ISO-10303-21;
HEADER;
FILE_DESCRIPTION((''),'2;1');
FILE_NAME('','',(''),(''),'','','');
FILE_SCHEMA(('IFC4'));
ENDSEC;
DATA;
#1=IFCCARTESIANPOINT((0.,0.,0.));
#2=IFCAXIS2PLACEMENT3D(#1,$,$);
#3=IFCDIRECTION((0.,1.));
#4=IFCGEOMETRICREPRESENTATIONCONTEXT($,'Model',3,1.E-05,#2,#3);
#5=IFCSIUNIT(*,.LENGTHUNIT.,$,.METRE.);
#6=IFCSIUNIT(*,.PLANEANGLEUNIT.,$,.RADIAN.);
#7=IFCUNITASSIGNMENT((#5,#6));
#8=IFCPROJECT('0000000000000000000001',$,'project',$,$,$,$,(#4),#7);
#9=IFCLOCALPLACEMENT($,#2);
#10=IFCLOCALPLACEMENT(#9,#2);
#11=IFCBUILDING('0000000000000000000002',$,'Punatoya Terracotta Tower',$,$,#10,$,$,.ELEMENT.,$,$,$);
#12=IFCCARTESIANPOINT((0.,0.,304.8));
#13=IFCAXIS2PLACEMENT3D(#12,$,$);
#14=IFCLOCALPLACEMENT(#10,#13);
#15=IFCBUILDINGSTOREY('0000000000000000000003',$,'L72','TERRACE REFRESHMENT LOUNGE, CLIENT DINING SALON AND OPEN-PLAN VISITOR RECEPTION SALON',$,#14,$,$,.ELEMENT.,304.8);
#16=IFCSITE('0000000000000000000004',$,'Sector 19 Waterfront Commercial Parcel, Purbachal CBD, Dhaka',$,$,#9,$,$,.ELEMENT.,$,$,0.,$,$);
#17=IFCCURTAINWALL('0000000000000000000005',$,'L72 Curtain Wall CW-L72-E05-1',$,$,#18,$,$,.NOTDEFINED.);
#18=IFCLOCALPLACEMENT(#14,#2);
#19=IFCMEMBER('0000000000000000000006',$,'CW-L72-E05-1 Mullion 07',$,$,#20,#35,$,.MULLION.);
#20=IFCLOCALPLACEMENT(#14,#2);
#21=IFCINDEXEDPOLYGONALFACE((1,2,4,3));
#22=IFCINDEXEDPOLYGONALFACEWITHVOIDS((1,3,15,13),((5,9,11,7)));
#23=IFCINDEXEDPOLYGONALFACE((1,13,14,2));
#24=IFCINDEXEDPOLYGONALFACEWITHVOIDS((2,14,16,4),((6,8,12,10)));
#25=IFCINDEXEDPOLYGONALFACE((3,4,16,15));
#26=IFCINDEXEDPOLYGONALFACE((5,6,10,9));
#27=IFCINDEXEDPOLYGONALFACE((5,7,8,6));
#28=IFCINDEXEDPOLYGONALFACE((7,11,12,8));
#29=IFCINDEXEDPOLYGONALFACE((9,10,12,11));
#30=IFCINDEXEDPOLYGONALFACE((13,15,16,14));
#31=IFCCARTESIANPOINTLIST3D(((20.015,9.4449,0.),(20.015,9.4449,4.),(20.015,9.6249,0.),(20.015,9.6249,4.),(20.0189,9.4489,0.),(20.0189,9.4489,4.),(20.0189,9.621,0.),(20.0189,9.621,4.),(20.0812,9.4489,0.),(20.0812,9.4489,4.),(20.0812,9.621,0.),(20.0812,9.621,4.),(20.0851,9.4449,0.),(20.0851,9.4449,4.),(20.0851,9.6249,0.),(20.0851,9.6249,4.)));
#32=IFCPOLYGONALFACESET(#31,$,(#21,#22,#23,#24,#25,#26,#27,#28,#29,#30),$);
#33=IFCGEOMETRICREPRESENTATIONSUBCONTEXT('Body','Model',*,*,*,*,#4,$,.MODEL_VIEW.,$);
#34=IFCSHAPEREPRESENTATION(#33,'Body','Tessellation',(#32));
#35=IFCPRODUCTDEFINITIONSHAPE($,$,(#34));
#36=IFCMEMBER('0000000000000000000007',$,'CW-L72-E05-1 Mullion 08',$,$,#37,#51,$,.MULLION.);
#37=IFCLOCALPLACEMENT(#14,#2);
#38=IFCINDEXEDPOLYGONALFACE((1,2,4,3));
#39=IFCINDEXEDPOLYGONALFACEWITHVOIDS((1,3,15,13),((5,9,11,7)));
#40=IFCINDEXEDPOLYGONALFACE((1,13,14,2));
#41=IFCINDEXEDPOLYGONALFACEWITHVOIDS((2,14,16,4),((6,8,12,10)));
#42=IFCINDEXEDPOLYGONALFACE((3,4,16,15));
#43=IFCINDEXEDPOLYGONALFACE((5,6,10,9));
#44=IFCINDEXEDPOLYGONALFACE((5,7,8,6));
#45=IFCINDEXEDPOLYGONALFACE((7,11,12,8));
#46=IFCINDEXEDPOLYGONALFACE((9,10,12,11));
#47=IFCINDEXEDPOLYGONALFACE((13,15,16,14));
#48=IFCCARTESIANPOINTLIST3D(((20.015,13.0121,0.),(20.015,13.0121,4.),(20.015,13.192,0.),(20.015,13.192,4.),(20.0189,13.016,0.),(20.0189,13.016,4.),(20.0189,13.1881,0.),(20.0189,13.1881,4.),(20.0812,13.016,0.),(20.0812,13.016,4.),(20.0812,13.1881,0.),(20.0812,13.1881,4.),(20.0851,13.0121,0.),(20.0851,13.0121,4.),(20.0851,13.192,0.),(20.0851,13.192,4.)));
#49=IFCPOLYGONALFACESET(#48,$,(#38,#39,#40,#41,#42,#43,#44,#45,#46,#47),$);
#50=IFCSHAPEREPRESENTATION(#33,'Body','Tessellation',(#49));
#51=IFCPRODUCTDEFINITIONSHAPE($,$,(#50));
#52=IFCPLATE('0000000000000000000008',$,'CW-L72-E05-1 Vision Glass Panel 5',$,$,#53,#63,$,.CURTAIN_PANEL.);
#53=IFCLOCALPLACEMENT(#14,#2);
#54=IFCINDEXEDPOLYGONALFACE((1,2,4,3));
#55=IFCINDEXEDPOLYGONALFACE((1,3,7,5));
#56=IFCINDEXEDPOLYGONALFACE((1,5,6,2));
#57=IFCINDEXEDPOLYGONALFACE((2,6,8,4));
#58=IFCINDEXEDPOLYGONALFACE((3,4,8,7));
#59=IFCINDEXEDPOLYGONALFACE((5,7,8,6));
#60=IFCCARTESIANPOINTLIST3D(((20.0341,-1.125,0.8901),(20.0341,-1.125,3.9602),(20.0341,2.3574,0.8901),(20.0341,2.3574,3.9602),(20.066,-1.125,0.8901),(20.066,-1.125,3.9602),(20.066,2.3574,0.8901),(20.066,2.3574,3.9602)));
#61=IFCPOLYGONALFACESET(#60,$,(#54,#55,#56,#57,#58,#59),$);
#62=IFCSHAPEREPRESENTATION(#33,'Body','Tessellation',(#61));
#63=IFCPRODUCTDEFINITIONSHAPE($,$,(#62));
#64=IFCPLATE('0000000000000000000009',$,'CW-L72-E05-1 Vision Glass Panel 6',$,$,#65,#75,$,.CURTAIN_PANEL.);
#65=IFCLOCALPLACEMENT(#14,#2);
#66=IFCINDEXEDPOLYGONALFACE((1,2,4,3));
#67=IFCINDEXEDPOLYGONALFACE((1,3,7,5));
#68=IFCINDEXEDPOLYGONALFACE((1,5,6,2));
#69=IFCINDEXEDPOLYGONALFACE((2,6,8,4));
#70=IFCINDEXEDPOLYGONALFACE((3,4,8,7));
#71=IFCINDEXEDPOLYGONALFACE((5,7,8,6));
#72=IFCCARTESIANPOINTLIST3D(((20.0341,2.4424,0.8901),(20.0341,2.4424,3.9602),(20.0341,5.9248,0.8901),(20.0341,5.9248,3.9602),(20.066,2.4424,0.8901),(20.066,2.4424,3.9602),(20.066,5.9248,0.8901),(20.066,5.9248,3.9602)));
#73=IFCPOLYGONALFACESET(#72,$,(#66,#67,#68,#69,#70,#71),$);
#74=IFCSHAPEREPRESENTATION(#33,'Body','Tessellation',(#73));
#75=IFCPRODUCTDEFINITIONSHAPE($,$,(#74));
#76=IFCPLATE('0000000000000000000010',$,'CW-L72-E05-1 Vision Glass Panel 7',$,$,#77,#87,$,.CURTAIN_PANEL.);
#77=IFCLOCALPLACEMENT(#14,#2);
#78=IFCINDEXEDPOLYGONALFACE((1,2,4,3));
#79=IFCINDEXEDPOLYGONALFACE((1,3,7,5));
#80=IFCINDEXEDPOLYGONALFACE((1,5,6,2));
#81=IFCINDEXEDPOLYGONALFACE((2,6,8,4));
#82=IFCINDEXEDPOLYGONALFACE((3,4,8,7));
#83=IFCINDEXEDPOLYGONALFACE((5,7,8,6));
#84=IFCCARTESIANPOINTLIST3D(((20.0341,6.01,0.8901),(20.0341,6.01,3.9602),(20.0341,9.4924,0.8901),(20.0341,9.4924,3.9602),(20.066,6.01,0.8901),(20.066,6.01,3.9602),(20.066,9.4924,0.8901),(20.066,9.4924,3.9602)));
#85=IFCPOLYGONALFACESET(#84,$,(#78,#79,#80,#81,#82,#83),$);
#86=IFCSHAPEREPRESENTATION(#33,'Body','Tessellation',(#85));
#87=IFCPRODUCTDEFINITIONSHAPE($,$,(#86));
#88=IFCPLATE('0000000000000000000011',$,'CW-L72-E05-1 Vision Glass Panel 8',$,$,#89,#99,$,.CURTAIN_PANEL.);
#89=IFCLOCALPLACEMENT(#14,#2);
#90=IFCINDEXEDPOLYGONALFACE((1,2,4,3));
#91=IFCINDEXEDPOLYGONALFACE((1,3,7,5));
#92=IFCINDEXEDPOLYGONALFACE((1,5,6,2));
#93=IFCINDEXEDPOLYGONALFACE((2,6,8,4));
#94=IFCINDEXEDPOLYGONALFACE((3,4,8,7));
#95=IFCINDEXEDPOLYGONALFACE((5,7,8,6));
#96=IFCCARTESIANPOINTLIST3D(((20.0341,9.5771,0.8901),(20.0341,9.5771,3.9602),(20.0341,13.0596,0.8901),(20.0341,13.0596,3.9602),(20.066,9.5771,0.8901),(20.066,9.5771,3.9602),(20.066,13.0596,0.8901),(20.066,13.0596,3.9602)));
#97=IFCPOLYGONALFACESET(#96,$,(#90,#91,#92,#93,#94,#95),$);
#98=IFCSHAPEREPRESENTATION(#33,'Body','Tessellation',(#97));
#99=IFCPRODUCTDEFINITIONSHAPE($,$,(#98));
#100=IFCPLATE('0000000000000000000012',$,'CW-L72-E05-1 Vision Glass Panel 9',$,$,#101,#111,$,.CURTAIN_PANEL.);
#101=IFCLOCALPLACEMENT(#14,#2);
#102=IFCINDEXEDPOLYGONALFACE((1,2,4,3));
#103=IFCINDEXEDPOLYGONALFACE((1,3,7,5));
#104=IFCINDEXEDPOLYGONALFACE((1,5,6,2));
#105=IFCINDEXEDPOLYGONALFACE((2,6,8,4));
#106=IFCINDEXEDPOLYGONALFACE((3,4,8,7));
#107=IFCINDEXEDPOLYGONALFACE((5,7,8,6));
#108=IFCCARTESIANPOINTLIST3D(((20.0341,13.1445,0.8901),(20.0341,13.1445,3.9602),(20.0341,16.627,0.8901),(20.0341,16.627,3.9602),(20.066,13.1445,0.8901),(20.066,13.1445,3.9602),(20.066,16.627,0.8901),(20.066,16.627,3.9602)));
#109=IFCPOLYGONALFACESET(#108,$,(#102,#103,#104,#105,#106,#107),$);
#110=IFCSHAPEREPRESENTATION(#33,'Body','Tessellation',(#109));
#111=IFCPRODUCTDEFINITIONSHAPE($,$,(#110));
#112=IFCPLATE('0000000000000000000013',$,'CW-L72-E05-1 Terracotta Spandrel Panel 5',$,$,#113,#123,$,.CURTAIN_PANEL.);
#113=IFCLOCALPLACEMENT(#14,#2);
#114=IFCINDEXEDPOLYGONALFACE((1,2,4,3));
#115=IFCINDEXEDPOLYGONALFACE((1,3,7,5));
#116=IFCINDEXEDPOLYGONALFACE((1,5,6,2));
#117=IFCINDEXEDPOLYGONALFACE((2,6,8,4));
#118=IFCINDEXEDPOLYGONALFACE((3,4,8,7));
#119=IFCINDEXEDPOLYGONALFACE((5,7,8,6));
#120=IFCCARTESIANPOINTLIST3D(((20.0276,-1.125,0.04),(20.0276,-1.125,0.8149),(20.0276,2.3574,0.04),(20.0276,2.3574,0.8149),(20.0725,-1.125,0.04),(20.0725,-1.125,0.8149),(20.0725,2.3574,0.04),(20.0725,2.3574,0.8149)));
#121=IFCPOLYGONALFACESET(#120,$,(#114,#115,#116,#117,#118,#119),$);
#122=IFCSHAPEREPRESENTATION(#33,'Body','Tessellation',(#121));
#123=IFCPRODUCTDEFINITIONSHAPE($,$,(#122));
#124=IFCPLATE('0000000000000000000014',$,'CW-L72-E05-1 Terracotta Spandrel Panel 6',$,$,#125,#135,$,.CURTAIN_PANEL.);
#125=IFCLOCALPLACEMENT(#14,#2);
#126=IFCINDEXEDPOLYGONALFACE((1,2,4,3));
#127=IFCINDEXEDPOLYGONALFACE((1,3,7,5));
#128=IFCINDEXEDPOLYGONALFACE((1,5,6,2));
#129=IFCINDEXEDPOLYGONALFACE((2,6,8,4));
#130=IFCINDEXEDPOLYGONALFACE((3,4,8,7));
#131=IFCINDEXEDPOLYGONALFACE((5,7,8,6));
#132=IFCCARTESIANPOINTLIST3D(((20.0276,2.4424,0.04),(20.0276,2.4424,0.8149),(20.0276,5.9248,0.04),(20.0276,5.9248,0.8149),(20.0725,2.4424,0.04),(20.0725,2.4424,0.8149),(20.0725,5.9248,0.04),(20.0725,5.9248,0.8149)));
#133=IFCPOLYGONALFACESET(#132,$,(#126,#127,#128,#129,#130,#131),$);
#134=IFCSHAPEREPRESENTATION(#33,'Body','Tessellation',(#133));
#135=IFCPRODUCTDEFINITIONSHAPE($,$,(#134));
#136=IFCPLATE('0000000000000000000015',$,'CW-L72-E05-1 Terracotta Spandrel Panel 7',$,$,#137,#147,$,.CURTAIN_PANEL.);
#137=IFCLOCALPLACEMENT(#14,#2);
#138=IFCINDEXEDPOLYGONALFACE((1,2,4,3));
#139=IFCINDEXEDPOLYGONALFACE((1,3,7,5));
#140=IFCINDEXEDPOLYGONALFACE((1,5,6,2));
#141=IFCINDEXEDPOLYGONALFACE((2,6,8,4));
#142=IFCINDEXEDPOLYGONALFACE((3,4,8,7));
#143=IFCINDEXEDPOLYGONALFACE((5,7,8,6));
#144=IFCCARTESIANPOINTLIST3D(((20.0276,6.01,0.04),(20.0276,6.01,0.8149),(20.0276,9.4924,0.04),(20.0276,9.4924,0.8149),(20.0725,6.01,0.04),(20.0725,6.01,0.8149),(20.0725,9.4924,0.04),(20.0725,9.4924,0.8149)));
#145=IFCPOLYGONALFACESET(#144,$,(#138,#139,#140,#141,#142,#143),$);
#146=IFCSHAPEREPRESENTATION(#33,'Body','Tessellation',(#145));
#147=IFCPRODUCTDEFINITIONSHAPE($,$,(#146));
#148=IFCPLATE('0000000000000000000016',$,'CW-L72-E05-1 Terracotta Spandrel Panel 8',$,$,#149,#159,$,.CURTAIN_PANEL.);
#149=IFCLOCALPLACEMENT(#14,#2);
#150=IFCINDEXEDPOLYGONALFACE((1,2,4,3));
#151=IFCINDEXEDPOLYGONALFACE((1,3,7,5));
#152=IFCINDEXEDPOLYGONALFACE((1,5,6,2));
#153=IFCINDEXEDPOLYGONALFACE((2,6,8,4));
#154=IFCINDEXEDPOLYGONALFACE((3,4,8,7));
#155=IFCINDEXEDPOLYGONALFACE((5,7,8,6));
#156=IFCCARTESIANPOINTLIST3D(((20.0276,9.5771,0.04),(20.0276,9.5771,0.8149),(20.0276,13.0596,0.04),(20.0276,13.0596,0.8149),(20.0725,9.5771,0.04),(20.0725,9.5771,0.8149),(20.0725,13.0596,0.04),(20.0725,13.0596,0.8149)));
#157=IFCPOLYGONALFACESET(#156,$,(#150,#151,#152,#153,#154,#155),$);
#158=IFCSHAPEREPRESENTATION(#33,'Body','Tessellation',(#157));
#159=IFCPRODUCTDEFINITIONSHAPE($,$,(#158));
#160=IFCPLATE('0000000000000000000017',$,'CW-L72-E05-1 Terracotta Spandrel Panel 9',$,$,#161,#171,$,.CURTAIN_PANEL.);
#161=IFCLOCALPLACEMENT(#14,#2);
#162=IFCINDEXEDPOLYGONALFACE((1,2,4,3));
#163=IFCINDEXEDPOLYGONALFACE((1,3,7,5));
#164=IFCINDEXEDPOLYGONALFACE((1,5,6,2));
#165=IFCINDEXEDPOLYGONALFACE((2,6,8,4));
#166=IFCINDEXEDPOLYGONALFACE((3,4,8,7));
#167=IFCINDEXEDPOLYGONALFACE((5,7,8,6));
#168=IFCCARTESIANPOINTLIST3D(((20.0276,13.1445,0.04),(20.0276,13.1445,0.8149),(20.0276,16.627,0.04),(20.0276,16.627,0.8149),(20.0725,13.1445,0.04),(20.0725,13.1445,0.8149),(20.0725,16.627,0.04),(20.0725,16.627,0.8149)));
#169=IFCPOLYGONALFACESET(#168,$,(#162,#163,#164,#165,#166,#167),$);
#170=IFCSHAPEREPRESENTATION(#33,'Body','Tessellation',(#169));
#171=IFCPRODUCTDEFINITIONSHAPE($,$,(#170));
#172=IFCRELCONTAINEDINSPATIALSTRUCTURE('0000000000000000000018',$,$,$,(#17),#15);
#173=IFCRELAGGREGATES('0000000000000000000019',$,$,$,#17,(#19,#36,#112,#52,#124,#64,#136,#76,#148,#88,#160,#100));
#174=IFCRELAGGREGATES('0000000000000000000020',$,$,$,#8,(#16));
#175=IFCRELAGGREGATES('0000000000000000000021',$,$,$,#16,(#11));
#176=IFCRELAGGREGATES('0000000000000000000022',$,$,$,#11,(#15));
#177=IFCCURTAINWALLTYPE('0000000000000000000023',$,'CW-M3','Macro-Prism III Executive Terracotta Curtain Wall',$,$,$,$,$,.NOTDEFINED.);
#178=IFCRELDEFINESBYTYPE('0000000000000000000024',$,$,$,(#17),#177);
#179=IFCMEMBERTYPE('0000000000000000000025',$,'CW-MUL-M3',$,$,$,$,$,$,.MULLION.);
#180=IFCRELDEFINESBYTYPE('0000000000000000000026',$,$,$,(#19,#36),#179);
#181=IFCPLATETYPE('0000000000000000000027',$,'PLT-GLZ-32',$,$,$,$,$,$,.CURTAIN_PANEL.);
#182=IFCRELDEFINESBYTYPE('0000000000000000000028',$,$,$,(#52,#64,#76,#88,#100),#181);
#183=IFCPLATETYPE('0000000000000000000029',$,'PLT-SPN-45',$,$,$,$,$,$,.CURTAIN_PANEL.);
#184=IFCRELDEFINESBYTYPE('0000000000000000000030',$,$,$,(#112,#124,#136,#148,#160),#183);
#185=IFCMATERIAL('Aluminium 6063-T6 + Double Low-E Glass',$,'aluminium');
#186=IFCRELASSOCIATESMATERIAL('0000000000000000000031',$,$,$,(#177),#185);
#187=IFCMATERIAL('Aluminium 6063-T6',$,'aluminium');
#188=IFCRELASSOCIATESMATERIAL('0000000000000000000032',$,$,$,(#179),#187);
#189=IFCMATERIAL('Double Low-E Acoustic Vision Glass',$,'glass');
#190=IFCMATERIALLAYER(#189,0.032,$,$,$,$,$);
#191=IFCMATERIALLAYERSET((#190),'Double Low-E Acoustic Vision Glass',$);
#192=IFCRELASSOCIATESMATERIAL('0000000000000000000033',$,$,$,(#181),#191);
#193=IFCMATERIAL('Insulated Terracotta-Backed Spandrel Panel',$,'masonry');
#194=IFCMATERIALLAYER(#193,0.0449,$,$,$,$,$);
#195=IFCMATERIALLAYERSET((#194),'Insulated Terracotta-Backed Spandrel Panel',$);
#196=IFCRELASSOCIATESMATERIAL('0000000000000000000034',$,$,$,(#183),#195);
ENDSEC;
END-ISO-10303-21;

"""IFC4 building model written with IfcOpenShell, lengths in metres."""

from ifc_helpers import new_model, si_unit, direction, frame, origin, origin_2d, place, context, subcontext, project, spatial, rectangle, hollow_rectangle, extrude, material, layer, layer_set, material_profile, profile_set, type_object, element, aggregate, save


model = new_model("IFC4")

# Units and contexts
model_context = context("Model", 3, precision=1e-05, world=origin(), true_north=direction((0.0, 1.0)))
body_context = subcontext(model_context, "Body", "Model", "MODEL_VIEW")
ifc_project = project(units=[si_unit("LENGTHUNIT", "METRE"), si_unit("PLANEANGLEUNIT", "RADIAN")], contexts=[model_context])

# Site, building, storey
site_placement = place(None, origin())
site = spatial("IfcSite", under=ifc_project, at=site_placement, Name="Sector 19 Waterfront Commercial Parcel, Purbachal CBD, Dhaka", CompositionType="ELEMENT", RefElevation=0.0)
building_placement = place(site_placement, origin())
building = spatial("IfcBuilding", under=site, at=building_placement, Name="Punatoya Terracotta Tower", CompositionType="ELEMENT")
storey_placement = place(building_placement, frame((0.0, 0.0, 304.8)))
storey = spatial("IfcBuildingStorey", under=building, at=storey_placement, Name="L72", Description="TERRACE REFRESHMENT LOUNGE, CLIENT DINING SALON AND OPEN-PLAN VISITOR RECEPTION SALON", CompositionType="ELEMENT", Elevation=304.8)

# Curtain wall, members, plates
ifc_material_1 = material(Name="Aluminium 6063-T6 + Double Low-E Glass", Category="aluminium")
curtain_wall_type = type_object("IfcCurtainWallType", Name="CW-M3", Description="Macro-Prism III Executive Terracotta Curtain Wall", PredefinedType="NOTDEFINED", material=ifc_material_1)
curtain_wall_placement = place(storey_placement, origin())
curtain_wall = element("IfcCurtainWall", 1, at=curtain_wall_placement, inside=storey, type_object=curtain_wall_type, Name="L72 Curtain Wall CW-L72-E05-1", PredefinedType="NOTDEFINED")
ifc_material_2 = material(Name="Aluminium 6063-T6", Category="aluminium")
ifc_material_profile_1 = material_profile(ifc_material_2, hollow_rectangle(XDim=0.0701, YDim=0.1799, WallThickness=0.0039, at=origin_2d()))
ifc_profile_set_1 = profile_set([ifc_material_profile_1], Name="Aluminium 6063-T6")
member_type = type_object("IfcMemberType", Name="CW-MUL-M3", PredefinedType="MULLION", material=ifc_profile_set_1)
member_1_placement = place(storey_placement, frame((20.05, 9.5349, 0.0), z_axis=(0.0, 0.0, 1.0), x_axis=(1.0, 0.0, 0.0)))
member_1 = element("IfcMember", 2, at=member_1_placement, type_object=member_type, Name="CW-L72-E05-1 Mullion 07", PredefinedType="MULLION", context=body_context, shape_type="SweptSolid", body=[
    extrude(hollow_rectangle(XDim=0.0701, YDim=0.1799, WallThickness=0.0039, at=origin_2d()), origin(), (0.0, 0.0, 1.0), 4.0),
])
member_2_placement = place(storey_placement, frame((20.05, 13.1021, 0.0), z_axis=(0.0, 0.0, 1.0), x_axis=(1.0, 0.0, 0.0)))
member_2 = element("IfcMember", 3, at=member_2_placement, type_object=member_type, Name="CW-L72-E05-1 Mullion 08", PredefinedType="MULLION", context=body_context, shape_type="SweptSolid", body=[
    extrude(hollow_rectangle(XDim=0.0701, YDim=0.1799, WallThickness=0.0039, at=origin_2d()), origin(), (0.0, 0.0, 1.0), 4.0),
])
ifc_material_3 = material(Name="Double Low-E Acoustic Vision Glass", Category="glass")
ifc_layer_1 = layer(ifc_material_3, 0.032)
ifc_layer_set_1 = layer_set([ifc_layer_1], Name="Double Low-E Acoustic Vision Glass")
plate_type_1 = type_object("IfcPlateType", Name="PLT-GLZ-32", PredefinedType="CURTAIN_PANEL", material=ifc_layer_set_1)
plate_1_placement = place(storey_placement, frame((20.05, 0.6162, 0.8901), z_axis=(0.0, 0.0, 1.0), x_axis=(0.0, 1.0, 0.0)))
plate_1 = element("IfcPlate", 4, at=plate_1_placement, type_object=plate_type_1, Name="CW-L72-E05-1 Vision Glass Panel 5", PredefinedType="CURTAIN_PANEL", context=body_context, shape_type="SweptSolid", body=[
    extrude(rectangle(XDim=3.4824, YDim=0.032, at=origin_2d()), origin(), (0.0, 0.0, 1.0), 3.0701),
])
plate_2_placement = place(storey_placement, frame((20.05, 4.1836, 0.8901), z_axis=(0.0, 0.0, 1.0), x_axis=(0.0, 1.0, 0.0)))
plate_2 = element("IfcPlate", 5, at=plate_2_placement, type_object=plate_type_1, Name="CW-L72-E05-1 Vision Glass Panel 6", PredefinedType="CURTAIN_PANEL", context=body_context, shape_type="SweptSolid", body=[
    extrude(rectangle(XDim=3.4824, YDim=0.032, at=origin_2d()), origin(), (0.0, 0.0, 1.0), 3.0701),
])
plate_3_placement = place(storey_placement, frame((20.05, 7.7512, 0.8901), z_axis=(0.0, 0.0, 1.0), x_axis=(0.0, 1.0, 0.0)))
plate_3 = element("IfcPlate", 6, at=plate_3_placement, type_object=plate_type_1, Name="CW-L72-E05-1 Vision Glass Panel 7", PredefinedType="CURTAIN_PANEL", context=body_context, shape_type="SweptSolid", body=[
    extrude(rectangle(XDim=3.4824, YDim=0.032, at=origin_2d()), origin(), (0.0, 0.0, 1.0), 3.0701),
])
plate_4_placement = place(storey_placement, frame((20.05, 11.3184, 0.8901), z_axis=(0.0, 0.0, 1.0), x_axis=(0.0, 1.0, 0.0)))
plate_4 = element("IfcPlate", 7, at=plate_4_placement, type_object=plate_type_1, Name="CW-L72-E05-1 Vision Glass Panel 8", PredefinedType="CURTAIN_PANEL", context=body_context, shape_type="SweptSolid", body=[
    extrude(rectangle(XDim=3.4824, YDim=0.032, at=origin_2d()), origin(), (0.0, 0.0, 1.0), 3.0701),
])
plate_5_placement = place(storey_placement, frame((20.05, 14.8857, 0.8901), z_axis=(0.0, 0.0, 1.0), x_axis=(0.0, 1.0, 0.0)))
plate_5 = element("IfcPlate", 8, at=plate_5_placement, type_object=plate_type_1, Name="CW-L72-E05-1 Vision Glass Panel 9", PredefinedType="CURTAIN_PANEL", context=body_context, shape_type="SweptSolid", body=[
    extrude(rectangle(XDim=3.4824, YDim=0.032, at=origin_2d()), origin(), (0.0, 0.0, 1.0), 3.0701),
])
ifc_material_4 = material(Name="Insulated Terracotta-Backed Spandrel Panel", Category="masonry")
ifc_layer_2 = layer(ifc_material_4, 0.0449)
ifc_layer_set_2 = layer_set([ifc_layer_2], Name="Insulated Terracotta-Backed Spandrel Panel")
plate_type_2 = type_object("IfcPlateType", Name="PLT-SPN-45", PredefinedType="CURTAIN_PANEL", material=ifc_layer_set_2)
plate_6_placement = place(storey_placement, frame((20.05, 0.6162, 0.04), z_axis=(0.0, 0.0, 1.0), x_axis=(0.0, 1.0, 0.0)))
plate_6 = element("IfcPlate", 9, at=plate_6_placement, type_object=plate_type_2, Name="CW-L72-E05-1 Terracotta Spandrel Panel 5", PredefinedType="CURTAIN_PANEL", context=body_context, shape_type="SweptSolid", body=[
    extrude(rectangle(XDim=3.4824, YDim=0.0449, at=origin_2d()), origin(), (0.0, 0.0, 1.0), 0.7749),
])
plate_7_placement = place(storey_placement, frame((20.05, 4.1836, 0.04), z_axis=(0.0, 0.0, 1.0), x_axis=(0.0, 1.0, 0.0)))
plate_7 = element("IfcPlate", 10, at=plate_7_placement, type_object=plate_type_2, Name="CW-L72-E05-1 Terracotta Spandrel Panel 6", PredefinedType="CURTAIN_PANEL", context=body_context, shape_type="SweptSolid", body=[
    extrude(rectangle(XDim=3.4824, YDim=0.0449, at=origin_2d()), origin(), (0.0, 0.0, 1.0), 0.7749),
])
plate_8_placement = place(storey_placement, frame((20.05, 7.7512, 0.04), z_axis=(0.0, 0.0, 1.0), x_axis=(0.0, 1.0, 0.0)))
plate_8 = element("IfcPlate", 11, at=plate_8_placement, type_object=plate_type_2, Name="CW-L72-E05-1 Terracotta Spandrel Panel 7", PredefinedType="CURTAIN_PANEL", context=body_context, shape_type="SweptSolid", body=[
    extrude(rectangle(XDim=3.4824, YDim=0.0449, at=origin_2d()), origin(), (0.0, 0.0, 1.0), 0.7749),
])
plate_9_placement = place(storey_placement, frame((20.05, 11.3184, 0.04), z_axis=(0.0, 0.0, 1.0), x_axis=(0.0, 1.0, 0.0)))
plate_9 = element("IfcPlate", 12, at=plate_9_placement, type_object=plate_type_2, Name="CW-L72-E05-1 Terracotta Spandrel Panel 8", PredefinedType="CURTAIN_PANEL", context=body_context, shape_type="SweptSolid", body=[
    extrude(rectangle(XDim=3.4824, YDim=0.0449, at=origin_2d()), origin(), (0.0, 0.0, 1.0), 0.7749),
])
plate_10_placement = place(storey_placement, frame((20.05, 14.8857, 0.04), z_axis=(0.0, 0.0, 1.0), x_axis=(0.0, 1.0, 0.0)))
plate_10 = element("IfcPlate", 13, at=plate_10_placement, type_object=plate_type_2, Name="CW-L72-E05-1 Terracotta Spandrel Panel 9", PredefinedType="CURTAIN_PANEL", context=body_context, shape_type="SweptSolid", body=[
    extrude(rectangle(XDim=3.4824, YDim=0.0449, at=origin_2d()), origin(), (0.0, 0.0, 1.0), 0.7749),
])
aggregate(curtain_wall, [member_1, member_2, plate_6, plate_1, plate_7, plate_2, plate_8, plate_3, plate_9, plate_4, plate_10, plate_5])

save(model, "model.ifc")
